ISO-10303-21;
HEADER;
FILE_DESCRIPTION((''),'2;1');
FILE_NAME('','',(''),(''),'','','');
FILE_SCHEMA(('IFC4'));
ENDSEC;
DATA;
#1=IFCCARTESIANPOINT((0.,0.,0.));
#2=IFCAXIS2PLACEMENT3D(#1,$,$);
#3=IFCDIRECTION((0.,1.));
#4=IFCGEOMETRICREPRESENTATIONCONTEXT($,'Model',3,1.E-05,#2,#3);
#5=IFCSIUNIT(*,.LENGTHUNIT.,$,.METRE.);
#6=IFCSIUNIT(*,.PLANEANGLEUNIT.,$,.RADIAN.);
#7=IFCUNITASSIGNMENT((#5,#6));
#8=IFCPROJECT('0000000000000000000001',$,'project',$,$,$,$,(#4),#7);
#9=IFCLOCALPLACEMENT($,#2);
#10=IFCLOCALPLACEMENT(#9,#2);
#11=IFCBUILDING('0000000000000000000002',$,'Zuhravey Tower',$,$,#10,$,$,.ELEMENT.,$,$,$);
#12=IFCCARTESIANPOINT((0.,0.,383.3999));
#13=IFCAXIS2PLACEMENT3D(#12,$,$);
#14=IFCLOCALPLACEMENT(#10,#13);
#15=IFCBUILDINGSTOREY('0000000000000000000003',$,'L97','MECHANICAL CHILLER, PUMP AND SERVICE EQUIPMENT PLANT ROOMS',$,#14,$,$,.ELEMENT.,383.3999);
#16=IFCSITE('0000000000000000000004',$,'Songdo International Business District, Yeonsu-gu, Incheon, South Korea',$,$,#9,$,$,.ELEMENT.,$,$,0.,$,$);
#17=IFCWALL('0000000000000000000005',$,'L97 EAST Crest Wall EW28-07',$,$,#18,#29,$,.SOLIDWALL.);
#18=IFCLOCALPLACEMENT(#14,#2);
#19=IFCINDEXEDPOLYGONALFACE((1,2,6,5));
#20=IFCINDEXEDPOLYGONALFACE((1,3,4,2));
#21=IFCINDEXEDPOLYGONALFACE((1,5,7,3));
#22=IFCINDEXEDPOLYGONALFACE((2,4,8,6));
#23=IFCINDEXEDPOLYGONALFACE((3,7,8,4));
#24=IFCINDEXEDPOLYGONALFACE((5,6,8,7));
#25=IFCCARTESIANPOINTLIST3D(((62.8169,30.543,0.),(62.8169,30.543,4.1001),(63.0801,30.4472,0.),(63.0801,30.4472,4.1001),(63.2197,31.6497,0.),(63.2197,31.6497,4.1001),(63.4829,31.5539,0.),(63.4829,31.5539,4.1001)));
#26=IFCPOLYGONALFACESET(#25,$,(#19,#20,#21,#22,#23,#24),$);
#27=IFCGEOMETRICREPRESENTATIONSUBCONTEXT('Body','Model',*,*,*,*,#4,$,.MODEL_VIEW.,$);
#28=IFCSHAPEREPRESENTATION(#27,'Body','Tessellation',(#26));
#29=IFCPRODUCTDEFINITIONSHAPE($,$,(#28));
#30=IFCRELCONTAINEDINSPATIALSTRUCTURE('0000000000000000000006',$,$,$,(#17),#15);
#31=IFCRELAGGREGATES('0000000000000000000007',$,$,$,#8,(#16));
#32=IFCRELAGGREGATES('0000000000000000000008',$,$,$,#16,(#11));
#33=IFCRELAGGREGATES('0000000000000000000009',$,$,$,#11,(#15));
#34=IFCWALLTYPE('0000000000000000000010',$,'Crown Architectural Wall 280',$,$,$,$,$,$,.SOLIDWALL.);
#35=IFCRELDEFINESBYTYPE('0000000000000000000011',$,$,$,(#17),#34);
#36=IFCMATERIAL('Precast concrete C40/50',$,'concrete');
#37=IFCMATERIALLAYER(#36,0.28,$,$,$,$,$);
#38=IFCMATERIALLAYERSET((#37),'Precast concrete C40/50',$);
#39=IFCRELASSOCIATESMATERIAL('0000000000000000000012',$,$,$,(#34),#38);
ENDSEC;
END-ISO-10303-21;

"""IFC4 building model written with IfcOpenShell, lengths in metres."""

from ifc_helpers import new_model, si_unit, direction, frame, frame_2d, origin, place, context, subcontext, project, spatial, rectangle, extrude, material, layer, layer_set, type_object, element, save


model = new_model("IFC4")

# Units and contexts
model_context = context("Model", 3, precision=1e-05, world=origin(), true_north=direction((0.0, 1.0)))
body_context = subcontext(model_context, "Body", "Model", "MODEL_VIEW")
ifc_project = project(units=[si_unit("LENGTHUNIT", "METRE"), si_unit("PLANEANGLEUNIT", "RADIAN")], contexts=[model_context])

# Site, building, storey
site_placement = place(None, origin())
site = spatial("IfcSite", under=ifc_project, at=site_placement, Name="Songdo International Business District, Yeonsu-gu, Incheon, South Korea", CompositionType="ELEMENT", RefElevation=0.0)
building_placement = place(site_placement, origin())
building = spatial("IfcBuilding", under=site, at=building_placement, Name="Zuhravey Tower", CompositionType="ELEMENT")
storey_placement = place(building_placement, frame((0.0, 0.0, 383.3999)))
storey = spatial("IfcBuildingStorey", under=building, at=storey_placement, Name="L97", Description="MECHANICAL CHILLER, PUMP AND SERVICE EQUIPMENT PLANT ROOMS", CompositionType="ELEMENT", Elevation=383.3999)

# Wall
ifc_material_1 = material(Name="Precast concrete C40/50", Category="concrete")
ifc_layer_1 = layer(ifc_material_1, 0.28)
ifc_layer_set_1 = layer_set([ifc_layer_1], Name="Precast concrete C40/50")
wall_type = type_object("IfcWallType", Name="Crown Architectural Wall 280", PredefinedType="SOLIDWALL", material=ifc_layer_set_1)
wall_1_placement = place(storey_placement, frame((63.3513, 31.6018, 0.0), z_axis=(0.0, 0.0, 1.0), x_axis=(-0.342043, -0.939684, 0.0)))
element("IfcWall", 1, at=wall_1_placement, inside=storey, type_object=wall_type, Name="L97 EAST Crest Wall EW28-07", PredefinedType="SOLIDWALL", context=body_context, shape_type="SweptSolid", body=[
    extrude(rectangle(XDim=1.1777, YDim=0.28, at=frame_2d((0.5889, 0.0))), origin(), (0.0, 0.0, 1.0), 4.1001),
])

save(model, "model.ifc")
